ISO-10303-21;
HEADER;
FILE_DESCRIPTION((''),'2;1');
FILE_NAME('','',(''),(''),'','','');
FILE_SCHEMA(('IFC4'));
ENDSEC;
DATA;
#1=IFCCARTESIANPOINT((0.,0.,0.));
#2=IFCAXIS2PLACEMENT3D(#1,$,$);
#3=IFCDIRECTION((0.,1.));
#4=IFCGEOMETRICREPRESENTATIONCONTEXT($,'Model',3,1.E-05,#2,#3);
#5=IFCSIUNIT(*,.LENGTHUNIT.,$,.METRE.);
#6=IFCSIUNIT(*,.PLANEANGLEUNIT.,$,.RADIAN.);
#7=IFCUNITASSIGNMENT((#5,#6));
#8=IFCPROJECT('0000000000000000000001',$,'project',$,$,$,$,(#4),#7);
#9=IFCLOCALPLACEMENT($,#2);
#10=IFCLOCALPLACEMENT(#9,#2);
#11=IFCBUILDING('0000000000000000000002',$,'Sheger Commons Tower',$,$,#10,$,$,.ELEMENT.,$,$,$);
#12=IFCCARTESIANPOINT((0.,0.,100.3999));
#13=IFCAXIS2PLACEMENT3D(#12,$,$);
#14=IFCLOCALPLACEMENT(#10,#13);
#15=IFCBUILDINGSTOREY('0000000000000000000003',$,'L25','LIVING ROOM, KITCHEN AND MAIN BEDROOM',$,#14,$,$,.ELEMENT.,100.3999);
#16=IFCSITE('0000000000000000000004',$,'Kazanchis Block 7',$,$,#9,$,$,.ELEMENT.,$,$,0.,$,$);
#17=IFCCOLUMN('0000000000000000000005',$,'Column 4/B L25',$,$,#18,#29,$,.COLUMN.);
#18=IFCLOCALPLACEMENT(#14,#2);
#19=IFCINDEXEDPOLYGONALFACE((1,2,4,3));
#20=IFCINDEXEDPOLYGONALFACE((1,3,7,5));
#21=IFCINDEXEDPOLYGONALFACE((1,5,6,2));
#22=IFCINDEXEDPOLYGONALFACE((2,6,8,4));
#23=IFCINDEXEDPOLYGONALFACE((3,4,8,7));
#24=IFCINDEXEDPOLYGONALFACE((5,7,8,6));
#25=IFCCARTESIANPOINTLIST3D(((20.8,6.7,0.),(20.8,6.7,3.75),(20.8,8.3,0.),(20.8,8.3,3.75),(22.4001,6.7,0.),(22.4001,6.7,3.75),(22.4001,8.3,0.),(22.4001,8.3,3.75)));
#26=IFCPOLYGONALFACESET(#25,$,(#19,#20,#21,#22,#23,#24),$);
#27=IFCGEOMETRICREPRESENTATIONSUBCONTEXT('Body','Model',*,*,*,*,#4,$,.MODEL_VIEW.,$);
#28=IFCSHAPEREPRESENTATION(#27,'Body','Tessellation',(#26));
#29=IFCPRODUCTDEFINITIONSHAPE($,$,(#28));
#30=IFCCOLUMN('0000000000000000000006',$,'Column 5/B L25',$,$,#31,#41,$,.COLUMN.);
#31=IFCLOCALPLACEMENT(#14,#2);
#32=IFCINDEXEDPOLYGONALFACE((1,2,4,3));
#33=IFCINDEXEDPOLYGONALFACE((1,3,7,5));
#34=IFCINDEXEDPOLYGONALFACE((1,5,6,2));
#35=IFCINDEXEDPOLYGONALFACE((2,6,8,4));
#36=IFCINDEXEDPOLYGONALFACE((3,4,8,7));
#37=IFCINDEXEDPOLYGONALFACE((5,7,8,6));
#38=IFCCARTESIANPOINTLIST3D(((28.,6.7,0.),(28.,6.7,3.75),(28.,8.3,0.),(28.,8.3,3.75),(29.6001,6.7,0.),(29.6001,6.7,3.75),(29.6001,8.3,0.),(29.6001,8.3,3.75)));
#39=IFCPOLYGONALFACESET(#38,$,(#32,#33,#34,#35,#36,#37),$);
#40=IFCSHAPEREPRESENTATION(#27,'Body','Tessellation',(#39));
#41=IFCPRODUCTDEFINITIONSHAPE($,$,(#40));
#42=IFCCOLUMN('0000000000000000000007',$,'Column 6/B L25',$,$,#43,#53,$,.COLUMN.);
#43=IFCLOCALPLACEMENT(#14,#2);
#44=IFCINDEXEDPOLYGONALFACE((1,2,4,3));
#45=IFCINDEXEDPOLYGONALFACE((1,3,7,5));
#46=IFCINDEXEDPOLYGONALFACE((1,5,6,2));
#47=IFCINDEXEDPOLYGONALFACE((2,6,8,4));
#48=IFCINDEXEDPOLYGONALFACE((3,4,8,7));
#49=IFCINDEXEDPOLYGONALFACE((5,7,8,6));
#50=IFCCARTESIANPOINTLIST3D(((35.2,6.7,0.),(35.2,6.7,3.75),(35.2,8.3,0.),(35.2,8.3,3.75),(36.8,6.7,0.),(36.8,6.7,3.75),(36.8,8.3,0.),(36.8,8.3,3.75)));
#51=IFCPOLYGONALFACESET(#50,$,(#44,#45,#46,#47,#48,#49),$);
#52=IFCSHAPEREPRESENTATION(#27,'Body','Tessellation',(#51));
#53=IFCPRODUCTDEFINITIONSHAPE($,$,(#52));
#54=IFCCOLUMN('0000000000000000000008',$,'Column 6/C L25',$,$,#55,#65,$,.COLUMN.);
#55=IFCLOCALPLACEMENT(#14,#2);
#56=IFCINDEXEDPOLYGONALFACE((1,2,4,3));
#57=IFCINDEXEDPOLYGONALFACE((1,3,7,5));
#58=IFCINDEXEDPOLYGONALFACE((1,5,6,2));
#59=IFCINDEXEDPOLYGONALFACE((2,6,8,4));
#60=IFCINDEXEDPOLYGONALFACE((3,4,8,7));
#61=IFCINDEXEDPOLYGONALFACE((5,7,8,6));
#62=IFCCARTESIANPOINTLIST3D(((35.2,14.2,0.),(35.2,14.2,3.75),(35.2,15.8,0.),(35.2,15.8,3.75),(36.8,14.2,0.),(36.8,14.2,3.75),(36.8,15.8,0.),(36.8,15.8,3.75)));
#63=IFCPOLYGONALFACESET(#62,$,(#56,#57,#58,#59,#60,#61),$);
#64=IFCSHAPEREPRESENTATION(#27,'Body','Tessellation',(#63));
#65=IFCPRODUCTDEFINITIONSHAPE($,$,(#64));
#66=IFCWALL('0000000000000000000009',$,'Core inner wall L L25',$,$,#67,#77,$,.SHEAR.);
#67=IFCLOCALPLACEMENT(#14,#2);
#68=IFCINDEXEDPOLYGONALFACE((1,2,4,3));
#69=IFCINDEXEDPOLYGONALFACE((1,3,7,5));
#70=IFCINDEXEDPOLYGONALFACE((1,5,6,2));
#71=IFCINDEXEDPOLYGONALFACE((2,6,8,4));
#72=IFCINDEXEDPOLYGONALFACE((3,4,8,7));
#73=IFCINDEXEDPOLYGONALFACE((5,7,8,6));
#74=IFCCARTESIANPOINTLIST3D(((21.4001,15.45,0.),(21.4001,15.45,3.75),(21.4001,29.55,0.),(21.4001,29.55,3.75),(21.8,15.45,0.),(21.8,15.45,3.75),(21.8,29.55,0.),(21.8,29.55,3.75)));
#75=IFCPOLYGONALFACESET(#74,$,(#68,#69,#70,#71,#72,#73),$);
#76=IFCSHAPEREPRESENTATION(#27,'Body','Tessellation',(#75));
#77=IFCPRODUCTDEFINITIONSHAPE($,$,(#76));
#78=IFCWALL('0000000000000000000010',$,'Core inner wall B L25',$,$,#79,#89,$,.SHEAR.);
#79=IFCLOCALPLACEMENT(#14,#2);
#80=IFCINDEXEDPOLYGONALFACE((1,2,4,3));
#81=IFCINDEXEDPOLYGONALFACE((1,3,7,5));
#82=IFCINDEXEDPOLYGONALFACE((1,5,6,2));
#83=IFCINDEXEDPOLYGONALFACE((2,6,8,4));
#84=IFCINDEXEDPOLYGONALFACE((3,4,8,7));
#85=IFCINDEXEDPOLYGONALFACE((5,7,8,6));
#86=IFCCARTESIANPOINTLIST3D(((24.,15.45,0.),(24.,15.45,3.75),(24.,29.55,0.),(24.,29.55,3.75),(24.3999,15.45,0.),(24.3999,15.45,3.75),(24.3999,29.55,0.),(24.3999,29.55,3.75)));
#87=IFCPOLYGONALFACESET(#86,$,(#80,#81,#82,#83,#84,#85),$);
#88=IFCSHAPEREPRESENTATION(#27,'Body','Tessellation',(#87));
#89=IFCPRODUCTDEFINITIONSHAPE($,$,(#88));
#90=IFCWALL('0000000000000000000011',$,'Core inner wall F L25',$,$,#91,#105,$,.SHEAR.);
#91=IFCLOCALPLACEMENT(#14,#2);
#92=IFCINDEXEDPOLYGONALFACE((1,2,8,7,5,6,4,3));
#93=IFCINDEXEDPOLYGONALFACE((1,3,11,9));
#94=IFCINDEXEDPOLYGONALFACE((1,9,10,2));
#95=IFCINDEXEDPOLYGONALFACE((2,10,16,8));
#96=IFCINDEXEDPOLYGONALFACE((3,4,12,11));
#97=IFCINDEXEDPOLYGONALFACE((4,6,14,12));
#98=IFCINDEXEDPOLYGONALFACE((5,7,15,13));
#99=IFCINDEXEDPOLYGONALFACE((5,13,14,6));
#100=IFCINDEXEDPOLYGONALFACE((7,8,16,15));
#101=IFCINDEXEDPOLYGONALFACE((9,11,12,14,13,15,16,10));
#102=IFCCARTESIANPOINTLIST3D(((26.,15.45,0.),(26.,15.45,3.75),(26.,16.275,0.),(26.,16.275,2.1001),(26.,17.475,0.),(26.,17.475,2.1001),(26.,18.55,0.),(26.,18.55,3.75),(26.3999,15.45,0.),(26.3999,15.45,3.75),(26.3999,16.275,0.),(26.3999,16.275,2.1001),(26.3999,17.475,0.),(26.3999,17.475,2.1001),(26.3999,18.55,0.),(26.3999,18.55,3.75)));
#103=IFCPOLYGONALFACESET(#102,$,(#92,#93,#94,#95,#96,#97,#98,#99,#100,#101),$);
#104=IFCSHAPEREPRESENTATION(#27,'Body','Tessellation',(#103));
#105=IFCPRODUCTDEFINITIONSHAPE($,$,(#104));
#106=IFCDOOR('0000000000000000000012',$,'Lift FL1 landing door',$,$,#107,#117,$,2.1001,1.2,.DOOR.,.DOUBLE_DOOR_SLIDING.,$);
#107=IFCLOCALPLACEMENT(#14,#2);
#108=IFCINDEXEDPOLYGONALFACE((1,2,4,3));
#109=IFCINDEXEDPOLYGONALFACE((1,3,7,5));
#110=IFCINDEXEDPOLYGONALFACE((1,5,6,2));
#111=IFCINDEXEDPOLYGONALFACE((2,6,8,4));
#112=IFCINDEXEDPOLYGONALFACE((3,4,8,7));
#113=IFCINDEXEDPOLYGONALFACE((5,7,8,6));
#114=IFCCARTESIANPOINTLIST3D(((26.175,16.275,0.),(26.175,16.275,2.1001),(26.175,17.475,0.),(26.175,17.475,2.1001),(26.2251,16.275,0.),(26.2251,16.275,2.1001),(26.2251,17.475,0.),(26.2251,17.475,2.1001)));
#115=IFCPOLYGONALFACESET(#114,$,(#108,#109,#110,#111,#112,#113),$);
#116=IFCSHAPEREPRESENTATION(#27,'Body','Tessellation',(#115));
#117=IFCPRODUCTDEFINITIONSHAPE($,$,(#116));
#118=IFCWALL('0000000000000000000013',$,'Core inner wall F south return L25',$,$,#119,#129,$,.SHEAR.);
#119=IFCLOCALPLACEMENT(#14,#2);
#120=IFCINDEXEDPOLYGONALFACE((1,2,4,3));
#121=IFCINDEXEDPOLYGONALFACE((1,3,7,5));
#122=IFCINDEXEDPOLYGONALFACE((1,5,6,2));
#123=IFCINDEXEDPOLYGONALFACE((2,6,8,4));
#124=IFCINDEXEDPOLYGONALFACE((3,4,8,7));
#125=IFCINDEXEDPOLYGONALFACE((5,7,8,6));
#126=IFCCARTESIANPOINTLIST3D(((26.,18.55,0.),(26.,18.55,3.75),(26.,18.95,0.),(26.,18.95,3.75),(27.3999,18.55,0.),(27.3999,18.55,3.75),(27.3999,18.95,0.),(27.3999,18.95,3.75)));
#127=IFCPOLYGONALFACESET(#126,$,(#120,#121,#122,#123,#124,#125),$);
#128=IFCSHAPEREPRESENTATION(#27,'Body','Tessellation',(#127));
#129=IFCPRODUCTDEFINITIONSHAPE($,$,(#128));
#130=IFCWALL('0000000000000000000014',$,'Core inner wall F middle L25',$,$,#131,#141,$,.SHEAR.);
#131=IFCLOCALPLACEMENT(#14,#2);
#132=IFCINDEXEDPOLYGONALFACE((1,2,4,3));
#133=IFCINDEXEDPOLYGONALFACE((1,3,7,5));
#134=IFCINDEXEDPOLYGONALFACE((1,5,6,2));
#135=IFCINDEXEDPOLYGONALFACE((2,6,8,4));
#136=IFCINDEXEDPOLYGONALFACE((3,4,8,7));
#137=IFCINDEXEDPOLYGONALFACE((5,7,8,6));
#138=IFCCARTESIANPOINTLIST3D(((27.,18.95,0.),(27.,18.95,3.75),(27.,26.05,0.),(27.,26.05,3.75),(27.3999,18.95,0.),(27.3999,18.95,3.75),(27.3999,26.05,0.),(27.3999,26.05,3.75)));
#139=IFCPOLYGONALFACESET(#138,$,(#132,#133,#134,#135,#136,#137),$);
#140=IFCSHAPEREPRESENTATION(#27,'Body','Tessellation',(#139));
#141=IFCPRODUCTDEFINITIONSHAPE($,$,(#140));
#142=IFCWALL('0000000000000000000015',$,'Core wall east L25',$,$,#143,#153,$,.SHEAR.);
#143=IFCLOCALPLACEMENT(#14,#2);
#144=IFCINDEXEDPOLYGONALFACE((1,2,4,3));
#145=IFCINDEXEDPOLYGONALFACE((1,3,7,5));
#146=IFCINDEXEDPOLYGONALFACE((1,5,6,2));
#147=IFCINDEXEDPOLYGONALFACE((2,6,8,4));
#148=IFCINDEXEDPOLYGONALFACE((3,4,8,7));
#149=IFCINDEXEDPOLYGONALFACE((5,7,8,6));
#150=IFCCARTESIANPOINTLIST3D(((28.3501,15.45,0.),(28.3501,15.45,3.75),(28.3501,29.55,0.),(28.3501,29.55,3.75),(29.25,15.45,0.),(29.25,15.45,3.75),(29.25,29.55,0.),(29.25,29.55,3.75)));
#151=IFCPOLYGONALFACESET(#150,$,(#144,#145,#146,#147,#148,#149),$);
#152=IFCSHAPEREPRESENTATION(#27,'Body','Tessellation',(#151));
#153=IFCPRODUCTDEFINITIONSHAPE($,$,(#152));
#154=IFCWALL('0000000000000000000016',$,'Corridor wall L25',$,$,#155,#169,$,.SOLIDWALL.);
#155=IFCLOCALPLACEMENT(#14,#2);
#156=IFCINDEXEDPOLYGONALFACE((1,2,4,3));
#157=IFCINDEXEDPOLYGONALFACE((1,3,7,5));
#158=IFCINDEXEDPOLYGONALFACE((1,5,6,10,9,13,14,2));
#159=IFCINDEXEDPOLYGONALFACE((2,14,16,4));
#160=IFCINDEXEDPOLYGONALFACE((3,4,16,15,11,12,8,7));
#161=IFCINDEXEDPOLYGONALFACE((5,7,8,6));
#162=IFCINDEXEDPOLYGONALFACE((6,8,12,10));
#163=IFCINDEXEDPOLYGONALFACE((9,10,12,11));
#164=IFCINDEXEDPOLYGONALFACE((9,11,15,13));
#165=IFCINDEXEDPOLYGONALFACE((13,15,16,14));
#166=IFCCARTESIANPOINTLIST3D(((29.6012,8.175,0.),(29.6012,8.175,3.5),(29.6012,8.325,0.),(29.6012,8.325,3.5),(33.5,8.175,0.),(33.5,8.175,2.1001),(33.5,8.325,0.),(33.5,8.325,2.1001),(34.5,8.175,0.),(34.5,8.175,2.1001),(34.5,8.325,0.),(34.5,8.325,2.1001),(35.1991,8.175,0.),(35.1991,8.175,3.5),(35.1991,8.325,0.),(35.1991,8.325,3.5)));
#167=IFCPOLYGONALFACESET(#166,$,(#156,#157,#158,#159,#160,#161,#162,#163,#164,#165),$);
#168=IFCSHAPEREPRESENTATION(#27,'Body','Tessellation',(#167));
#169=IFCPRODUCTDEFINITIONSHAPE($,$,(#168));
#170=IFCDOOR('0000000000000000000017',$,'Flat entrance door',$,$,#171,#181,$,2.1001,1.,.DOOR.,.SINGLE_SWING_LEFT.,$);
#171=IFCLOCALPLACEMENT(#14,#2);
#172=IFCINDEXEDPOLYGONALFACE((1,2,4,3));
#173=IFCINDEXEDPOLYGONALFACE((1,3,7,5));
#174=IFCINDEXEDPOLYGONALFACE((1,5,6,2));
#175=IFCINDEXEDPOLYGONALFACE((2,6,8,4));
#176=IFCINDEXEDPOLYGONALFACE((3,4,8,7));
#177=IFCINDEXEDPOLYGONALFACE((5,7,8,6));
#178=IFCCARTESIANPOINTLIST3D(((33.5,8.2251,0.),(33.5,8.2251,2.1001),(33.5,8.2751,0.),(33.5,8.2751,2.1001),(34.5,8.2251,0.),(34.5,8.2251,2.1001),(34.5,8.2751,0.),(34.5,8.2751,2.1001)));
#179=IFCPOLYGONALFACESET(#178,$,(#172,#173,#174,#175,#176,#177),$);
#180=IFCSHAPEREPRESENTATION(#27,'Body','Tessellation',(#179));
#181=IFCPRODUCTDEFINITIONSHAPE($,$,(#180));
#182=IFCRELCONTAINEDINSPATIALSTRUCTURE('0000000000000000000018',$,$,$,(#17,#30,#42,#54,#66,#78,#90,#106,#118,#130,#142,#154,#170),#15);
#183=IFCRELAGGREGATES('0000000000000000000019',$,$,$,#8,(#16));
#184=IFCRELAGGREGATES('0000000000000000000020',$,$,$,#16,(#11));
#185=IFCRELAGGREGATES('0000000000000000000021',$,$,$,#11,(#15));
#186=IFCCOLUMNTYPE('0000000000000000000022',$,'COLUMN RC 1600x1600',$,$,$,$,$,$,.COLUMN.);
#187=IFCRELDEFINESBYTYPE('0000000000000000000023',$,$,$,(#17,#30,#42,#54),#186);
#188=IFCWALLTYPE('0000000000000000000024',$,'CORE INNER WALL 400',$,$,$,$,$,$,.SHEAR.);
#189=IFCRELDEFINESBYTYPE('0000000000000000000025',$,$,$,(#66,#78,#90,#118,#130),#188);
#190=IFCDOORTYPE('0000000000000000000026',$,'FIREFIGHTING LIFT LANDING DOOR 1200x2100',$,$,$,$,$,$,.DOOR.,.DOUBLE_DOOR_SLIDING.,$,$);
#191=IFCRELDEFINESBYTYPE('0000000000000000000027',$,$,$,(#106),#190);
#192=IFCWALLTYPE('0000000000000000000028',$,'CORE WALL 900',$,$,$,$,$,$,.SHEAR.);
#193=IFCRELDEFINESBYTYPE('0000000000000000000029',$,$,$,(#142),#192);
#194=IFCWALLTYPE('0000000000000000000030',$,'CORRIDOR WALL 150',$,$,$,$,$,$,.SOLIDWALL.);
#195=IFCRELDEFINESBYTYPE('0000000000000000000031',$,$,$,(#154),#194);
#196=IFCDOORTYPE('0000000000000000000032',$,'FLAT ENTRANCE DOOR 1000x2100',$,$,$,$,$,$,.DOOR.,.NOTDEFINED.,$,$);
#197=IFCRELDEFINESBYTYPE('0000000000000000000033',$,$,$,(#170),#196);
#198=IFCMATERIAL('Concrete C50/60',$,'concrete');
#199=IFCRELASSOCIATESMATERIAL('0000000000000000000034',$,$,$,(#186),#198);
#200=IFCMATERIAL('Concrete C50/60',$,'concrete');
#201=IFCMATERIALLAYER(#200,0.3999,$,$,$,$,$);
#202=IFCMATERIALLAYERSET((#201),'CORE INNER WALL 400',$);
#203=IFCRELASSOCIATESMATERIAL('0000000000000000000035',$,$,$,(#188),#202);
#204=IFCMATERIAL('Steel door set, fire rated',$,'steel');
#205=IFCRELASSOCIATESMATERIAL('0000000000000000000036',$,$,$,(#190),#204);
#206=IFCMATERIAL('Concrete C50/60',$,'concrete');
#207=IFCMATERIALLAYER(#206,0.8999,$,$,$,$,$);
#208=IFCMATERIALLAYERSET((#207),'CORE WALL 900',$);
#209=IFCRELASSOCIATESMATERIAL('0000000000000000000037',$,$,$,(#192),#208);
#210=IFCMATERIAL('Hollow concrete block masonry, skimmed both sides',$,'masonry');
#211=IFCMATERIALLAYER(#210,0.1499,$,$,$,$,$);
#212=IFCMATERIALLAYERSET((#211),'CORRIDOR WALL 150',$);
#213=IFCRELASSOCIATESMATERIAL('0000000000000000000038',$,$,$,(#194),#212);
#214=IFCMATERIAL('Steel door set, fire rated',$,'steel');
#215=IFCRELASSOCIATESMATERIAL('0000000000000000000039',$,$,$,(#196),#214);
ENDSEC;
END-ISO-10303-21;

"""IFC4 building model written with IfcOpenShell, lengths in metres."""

from ifc_helpers import new_model, si_unit, direction, frame, frame_2d, origin, origin_2d, place, context, subcontext, project, spatial, rectangle, extrude, material, layer, layer_set, material_profile, profile_set, type_object, element, fill, save


model = new_model("IFC4")

# Units and contexts
model_context = context("Model", 3, precision=1e-05, world=origin(), true_north=direction((0.0, 1.0)))
body_context = subcontext(model_context, "Body", "Model", "MODEL_VIEW")
ifc_project = project(units=[si_unit("LENGTHUNIT", "METRE"), si_unit("PLANEANGLEUNIT", "RADIAN")], contexts=[model_context])

# Site, building, storey
site_placement = place(None, origin())
site = spatial("IfcSite", under=ifc_project, at=site_placement, Name="Kazanchis Block 7", CompositionType="ELEMENT", RefElevation=0.0)
building_placement = place(site_placement, origin())
building = spatial("IfcBuilding", under=site, at=building_placement, Name="Sheger Commons Tower", CompositionType="ELEMENT")
storey_placement = place(building_placement, frame((0.0, 0.0, 100.3999)))
storey = spatial("IfcBuildingStorey", under=building, at=storey_placement, Name="L25", Description="LIVING ROOM, KITCHEN AND MAIN BEDROOM", CompositionType="ELEMENT", Elevation=100.3999)

# Columns
ifc_material_1 = material(Name="Concrete C50/60", Category="concrete")
ifc_material_profile = material_profile(ifc_material_1, rectangle(XDim=1.6001, YDim=1.6001, at=origin_2d()), Name="RC 1600x1600")
ifc_profile_set = profile_set([ifc_material_profile], Name="Concrete C50/60")
column_type = type_object("IfcColumnType", Name="COLUMN RC 1600x1600", PredefinedType="COLUMN", material=ifc_profile_set)
for number, where, z_axis, x_axis, name in (
    (1, (21.6001, 7.5, 0.0), (0.0, 0.0, 1.0), (1.0, 0.0, 0.0), "Column 4/B L25"),
    (2, (28.8, 7.5, 0.0), (0.0, 0.0, 1.0), (1.0, 0.0, 0.0), "Column 5/B L25"),
    (3, (36.0, 7.5, 0.0), (0.0, 0.0, 1.0), (1.0, 0.0, 0.0), "Column 6/B L25"),
    (4, (36.0, 15.0, 0.0), (0.0, 0.0, 1.0), (1.0, 0.0, 0.0), "Column 6/C L25"),
):
    element("IfcColumn", number, at=place(storey_placement, frame(where, z_axis=z_axis, x_axis=x_axis)), inside=storey, type_object=column_type, Name=name, PredefinedType="COLUMN", context=body_context, shape_type="SweptSolid", body=[
        extrude(rectangle(XDim=1.6001, YDim=1.6001, at=origin_2d()), origin(), (0.0, 0.0, 1.0), 3.75),
    ])

# Walls
ifc_material_2 = material(Name="Concrete C50/60", Category="concrete")
ifc_layer_1 = layer(ifc_material_2, 0.3999)
ifc_layer_set_1 = layer_set([ifc_layer_1], Name="CORE INNER WALL 400")
wall_type_1 = type_object("IfcWallType", Name="CORE INNER WALL 400", PredefinedType="SHEAR", material=ifc_layer_set_1)
for number, where, z_axis, x_axis, name in (
    (5, (21.6001, 15.45, 0.0), (0.0, 0.0, 1.0), (0.0, 1.0, 0.0), "Core inner wall L L25"),
    (6, (24.2, 15.45, 0.0), (0.0, 0.0, 1.0), (0.0, 1.0, 0.0), "Core inner wall B L25"),
):
    element("IfcWall", number, at=place(storey_placement, frame(where, z_axis=z_axis, x_axis=x_axis)), inside=storey, type_object=wall_type_1, Name=name, PredefinedType="SHEAR", context=body_context, shape_type="SweptSolid", body=[
        extrude(rectangle(XDim=14.1001, YDim=0.3999, at=frame_2d((7.05, 0.0))), origin(), (0.0, 0.0, 1.0), 3.75),
    ])

# Wall, opening, door
wall_1_placement = place(storey_placement, frame((26.2, 15.45, 0.0), z_axis=(0.0, 0.0, 1.0), x_axis=(0.0, 1.0, 0.0)))
wall_1 = element("IfcWall", 7, at=wall_1_placement, inside=storey, type_object=wall_type_1, Name="Core inner wall F L25", PredefinedType="SHEAR", context=body_context, shape_type="SweptSolid", body=[
    extrude(rectangle(XDim=3.1001, YDim=0.3999, at=frame_2d((1.55, 0.0))), origin(), (0.0, 0.0, 1.0), 3.75),
])
opening_1_placement = place(wall_1_placement, frame((0.825, 0.0, 0.0)))
opening_1 = element("IfcOpeningElement", 8, at=opening_1_placement, cuts=wall_1, PredefinedType="OPENING", context=body_context, shape_type="SweptSolid", body=[
    extrude(rectangle(XDim=1.2, YDim=2.1001, at=frame_2d((0.6001, 1.05))), frame((0.0, 0.21, 0.0), z_axis=(0.0, -1.0, 0.0), x_axis=(1.0, 0.0, 0.0)), (0.0, 0.0, 1.0), 0.4199),
])
ifc_material_3 = material(Name="Steel door set, fire rated", Category="steel")
door_type_1 = type_object("IfcDoorType", Name="FIREFIGHTING LIFT LANDING DOOR 1200x2100", OperationType="DOUBLE_DOOR_SLIDING", PredefinedType="DOOR", material=ifc_material_3)
door_1_placement = place(opening_1_placement, origin())
door_1 = element("IfcDoor", 9, at=door_1_placement, inside=storey, type_object=door_type_1, Name="Lift FL1 landing door", OperationType="DOUBLE_DOOR_SLIDING", OverallHeight=2.1001, OverallWidth=1.2, PredefinedType="DOOR", context=body_context, shape_type="SweptSolid", body=[
    extrude(rectangle(XDim=1.2, YDim=2.1001, at=frame_2d((0.6001, 1.05))), frame((0.0, 0.0249, 0.0), z_axis=(0.0, -1.0, 0.0), x_axis=(1.0, 0.0, 0.0)), (0.0, 0.0, 1.0), 0.05),
])
fill(opening_1, door_1)

# Walls
wall_2_placement = place(storey_placement, frame((26.0, 18.75, 0.0), z_axis=(0.0, 0.0, 1.0), x_axis=(1.0, 0.0, 0.0)))
element("IfcWall", 10, at=wall_2_placement, inside=storey, type_object=wall_type_1, Name="Core inner wall F south return L25", PredefinedType="SHEAR", context=body_context, shape_type="SweptSolid", body=[
    extrude(rectangle(XDim=1.3999, YDim=0.3999, at=frame_2d((0.7, 0.0))), origin(), (0.0, 0.0, 1.0), 3.75),
])
wall_3_placement = place(storey_placement, frame((27.2, 18.95, 0.0), z_axis=(0.0, 0.0, 1.0), x_axis=(0.0, 1.0, 0.0)))
element("IfcWall", 11, at=wall_3_placement, inside=storey, type_object=wall_type_1, Name="Core inner wall F middle L25", PredefinedType="SHEAR", context=body_context, shape_type="SweptSolid", body=[
    extrude(rectangle(XDim=7.1001, YDim=0.3999, at=frame_2d((3.55, 0.0))), origin(), (0.0, 0.0, 1.0), 3.75),
])
ifc_material_4 = material(Name="Concrete C50/60", Category="concrete")
ifc_layer_2 = layer(ifc_material_4, 0.8999)
ifc_layer_set_2 = layer_set([ifc_layer_2], Name="CORE WALL 900")
wall_type_2 = type_object("IfcWallType", Name="CORE WALL 900", PredefinedType="SHEAR", material=ifc_layer_set_2)
wall_4_placement = place(storey_placement, frame((28.8, 15.45, 0.0), z_axis=(0.0, 0.0, 1.0), x_axis=(0.0, 1.0, 0.0)))
element("IfcWall", 12, at=wall_4_placement, inside=storey, type_object=wall_type_2, Name="Core wall east L25", PredefinedType="SHEAR", context=body_context, shape_type="SweptSolid", body=[
    extrude(rectangle(XDim=14.1001, YDim=0.8999, at=frame_2d((7.05, 0.0))), origin(), (0.0, 0.0, 1.0), 3.75),
])

# Wall, opening, door
ifc_material_5 = material(Name="Hollow concrete block masonry, skimmed both sides", Category="masonry")
ifc_layer_3 = layer(ifc_material_5, 0.1499)
ifc_layer_set_3 = layer_set([ifc_layer_3], Name="CORRIDOR WALL 150")
wall_type_3 = type_object("IfcWallType", Name="CORRIDOR WALL 150", PredefinedType="SOLIDWALL", material=ifc_layer_set_3)
wall_5_placement = place(storey_placement, frame((35.199, 8.25, 0.0), z_axis=(0.0, 0.0, 1.0), x_axis=(-1.0, 0.0, 0.0)))
wall_5 = element("IfcWall", 13, at=wall_5_placement, inside=storey, type_object=wall_type_3, Name="Corridor wall L25", PredefinedType="SOLIDWALL", context=body_context, shape_type="SweptSolid", body=[
    extrude(rectangle(XDim=5.5979, YDim=0.1499, at=frame_2d((2.7988, 0.0))), origin(), (0.0, 0.0, 1.0), 3.5),
])
opening_2_placement = place(wall_5_placement, frame((0.699, 0.0, 0.0)))
opening_2 = element("IfcOpeningElement", 14, at=opening_2_placement, cuts=wall_5, PredefinedType="OPENING", context=body_context, shape_type="SweptSolid", body=[
    extrude(rectangle(XDim=1.0, YDim=2.1001, at=frame_2d((0.5, 1.05))), frame((0.0, 0.085, 0.0), z_axis=(0.0, -1.0, 0.0), x_axis=(1.0, 0.0, 0.0)), (0.0, 0.0, 1.0), 0.1699),
])
ifc_material_6 = material(Name="Steel door set, fire rated", Category="steel")
door_type_2 = type_object("IfcDoorType", Name="FLAT ENTRANCE DOOR 1000x2100", OperationType="NOTDEFINED", PredefinedType="DOOR", material=ifc_material_6)
door_2_placement = place(opening_2_placement, origin())
door_2 = element("IfcDoor", 15, at=door_2_placement, inside=storey, type_object=door_type_2, Name="Flat entrance door", OperationType="SINGLE_SWING_LEFT", OverallHeight=2.1001, OverallWidth=1.0, PredefinedType="DOOR", context=body_context, shape_type="SweptSolid", body=[
    extrude(rectangle(XDim=1.0, YDim=2.1001, at=frame_2d((0.5, 1.05))), frame((0.0, 0.0249, 0.0), z_axis=(0.0, -1.0, 0.0), x_axis=(1.0, 0.0, 0.0)), (0.0, 0.0, 1.0), 0.05),
])
fill(opening_2, door_2)

save(model, "model.ifc")
